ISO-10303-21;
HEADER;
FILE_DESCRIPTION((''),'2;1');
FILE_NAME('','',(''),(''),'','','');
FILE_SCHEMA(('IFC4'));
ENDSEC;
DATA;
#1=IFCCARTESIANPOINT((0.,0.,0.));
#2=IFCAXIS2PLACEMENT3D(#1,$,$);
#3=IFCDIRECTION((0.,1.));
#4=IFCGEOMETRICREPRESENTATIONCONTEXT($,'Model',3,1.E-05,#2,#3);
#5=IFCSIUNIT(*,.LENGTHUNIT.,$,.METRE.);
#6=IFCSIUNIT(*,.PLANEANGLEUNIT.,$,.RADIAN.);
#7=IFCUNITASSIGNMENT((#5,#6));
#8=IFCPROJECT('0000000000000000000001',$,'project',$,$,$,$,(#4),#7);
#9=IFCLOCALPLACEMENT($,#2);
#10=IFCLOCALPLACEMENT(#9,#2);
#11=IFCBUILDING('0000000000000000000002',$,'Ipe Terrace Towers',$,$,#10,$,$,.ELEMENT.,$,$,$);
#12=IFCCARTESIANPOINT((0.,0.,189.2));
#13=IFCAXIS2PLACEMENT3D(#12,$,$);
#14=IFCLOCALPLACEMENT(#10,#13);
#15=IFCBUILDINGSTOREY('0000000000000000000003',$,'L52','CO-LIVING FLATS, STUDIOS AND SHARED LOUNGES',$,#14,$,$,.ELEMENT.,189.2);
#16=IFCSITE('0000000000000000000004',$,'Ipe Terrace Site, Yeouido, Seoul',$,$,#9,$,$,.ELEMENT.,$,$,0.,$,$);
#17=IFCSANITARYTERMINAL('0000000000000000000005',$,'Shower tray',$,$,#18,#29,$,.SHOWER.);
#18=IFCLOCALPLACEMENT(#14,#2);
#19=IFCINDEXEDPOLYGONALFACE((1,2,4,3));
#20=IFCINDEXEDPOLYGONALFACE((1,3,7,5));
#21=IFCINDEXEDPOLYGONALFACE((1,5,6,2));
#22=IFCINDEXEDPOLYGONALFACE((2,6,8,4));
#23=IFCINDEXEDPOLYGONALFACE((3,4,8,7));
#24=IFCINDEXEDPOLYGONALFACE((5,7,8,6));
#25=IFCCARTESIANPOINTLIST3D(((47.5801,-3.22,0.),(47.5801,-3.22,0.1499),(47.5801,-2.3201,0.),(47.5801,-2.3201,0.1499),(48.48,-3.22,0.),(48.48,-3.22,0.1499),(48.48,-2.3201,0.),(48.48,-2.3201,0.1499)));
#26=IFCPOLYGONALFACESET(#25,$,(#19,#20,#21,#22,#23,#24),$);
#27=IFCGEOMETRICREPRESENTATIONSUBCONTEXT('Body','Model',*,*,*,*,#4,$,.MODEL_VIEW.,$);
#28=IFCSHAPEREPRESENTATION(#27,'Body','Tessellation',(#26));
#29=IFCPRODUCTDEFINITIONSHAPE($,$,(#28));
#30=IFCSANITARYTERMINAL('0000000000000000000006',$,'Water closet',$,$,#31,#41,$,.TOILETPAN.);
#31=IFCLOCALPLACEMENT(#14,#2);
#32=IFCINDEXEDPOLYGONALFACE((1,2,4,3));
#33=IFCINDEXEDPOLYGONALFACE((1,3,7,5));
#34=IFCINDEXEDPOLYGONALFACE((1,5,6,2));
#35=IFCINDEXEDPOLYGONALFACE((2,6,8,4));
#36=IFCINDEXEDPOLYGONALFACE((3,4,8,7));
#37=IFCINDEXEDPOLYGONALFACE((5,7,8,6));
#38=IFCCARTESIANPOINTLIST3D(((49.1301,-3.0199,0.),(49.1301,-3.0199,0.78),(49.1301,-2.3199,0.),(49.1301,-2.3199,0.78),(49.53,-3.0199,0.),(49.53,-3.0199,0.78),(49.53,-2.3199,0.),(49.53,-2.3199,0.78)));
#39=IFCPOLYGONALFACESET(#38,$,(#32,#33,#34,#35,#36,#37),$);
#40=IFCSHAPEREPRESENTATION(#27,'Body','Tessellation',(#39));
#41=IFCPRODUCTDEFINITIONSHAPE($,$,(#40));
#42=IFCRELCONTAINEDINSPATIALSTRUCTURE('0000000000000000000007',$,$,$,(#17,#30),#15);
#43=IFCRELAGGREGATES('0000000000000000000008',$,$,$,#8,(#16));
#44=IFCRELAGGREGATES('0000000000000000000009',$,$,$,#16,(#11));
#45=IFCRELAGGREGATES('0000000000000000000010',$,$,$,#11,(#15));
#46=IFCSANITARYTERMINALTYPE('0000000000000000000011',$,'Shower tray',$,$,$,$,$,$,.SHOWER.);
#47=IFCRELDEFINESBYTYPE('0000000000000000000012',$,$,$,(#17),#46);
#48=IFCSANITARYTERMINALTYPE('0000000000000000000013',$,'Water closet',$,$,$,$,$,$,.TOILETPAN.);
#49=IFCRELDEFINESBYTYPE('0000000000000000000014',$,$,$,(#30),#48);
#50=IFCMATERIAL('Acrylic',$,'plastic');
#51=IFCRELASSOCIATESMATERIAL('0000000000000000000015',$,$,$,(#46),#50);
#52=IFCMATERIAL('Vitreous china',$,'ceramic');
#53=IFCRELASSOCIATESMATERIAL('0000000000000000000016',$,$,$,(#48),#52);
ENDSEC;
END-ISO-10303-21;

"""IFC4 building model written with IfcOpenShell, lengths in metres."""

from ifc_helpers import new_model, si_unit, direction, frame, origin, origin_2d, place, context, subcontext, project, spatial, rectangle, extrude, material, type_object, element, save


model = new_model("IFC4")

# Units and contexts
model_context = context("Model", 3, precision=1e-05, world=origin(), true_north=direction((0.0, 1.0)))
body_context = subcontext(model_context, "Body", "Model", "MODEL_VIEW")
ifc_project = project(units=[si_unit("LENGTHUNIT", "METRE"), si_unit("PLANEANGLEUNIT", "RADIAN")], contexts=[model_context])

# Site, building, storey
site_placement = place(None, origin())
site = spatial("IfcSite", under=ifc_project, at=site_placement, Name="Ipe Terrace Site, Yeouido, Seoul", CompositionType="ELEMENT", RefElevation=0.0)
building_placement = place(site_placement, origin())
building = spatial("IfcBuilding", under=site, at=building_placement, Name="Ipe Terrace Towers", CompositionType="ELEMENT")
storey_placement = place(building_placement, frame((0.0, 0.0, 189.2)))
storey = spatial("IfcBuildingStorey", under=building, at=storey_placement, Name="L52", Description="CO-LIVING FLATS, STUDIOS AND SHARED LOUNGES", CompositionType="ELEMENT", Elevation=189.2)

# Sanitary terminals
ifc_material_1 = material(Name="Acrylic", Category="plastic")
sanitary_terminal_type_1 = type_object("IfcSanitaryTerminalType", Name="Shower tray", PredefinedType="SHOWER", material=ifc_material_1)
sanitary_terminal_1_placement = place(storey_placement, frame((48.03, -2.77, 0.0), z_axis=(0.0, 0.0, 1.0), x_axis=(0.0, -1.0, 0.0)))
element("IfcSanitaryTerminal", 1, at=sanitary_terminal_1_placement, inside=storey, type_object=sanitary_terminal_type_1, Name="Shower tray", PredefinedType="SHOWER", context=body_context, shape_type="SweptSolid", body=[
    extrude(rectangle(XDim=0.8999, YDim=0.8999, at=origin_2d()), origin(), (0.0, 0.0, 1.0), 0.1499),
])
ifc_material_2 = material(Name="Vitreous china", Category="ceramic")
sanitary_terminal_type_2 = type_object("IfcSanitaryTerminalType", Name="Water closet", PredefinedType="TOILETPAN", material=ifc_material_2)
sanitary_terminal_2_placement = place(storey_placement, frame((49.3301, -2.6699, 0.0), z_axis=(0.0, 0.0, 1.0), x_axis=(0.0, -1.0, 0.0)))
element("IfcSanitaryTerminal", 2, at=sanitary_terminal_2_placement, inside=storey, type_object=sanitary_terminal_type_2, Name="Water closet", PredefinedType="TOILETPAN", context=body_context, shape_type="SweptSolid", body=[
    extrude(rectangle(XDim=0.7, YDim=0.3999, at=origin_2d()), origin(), (0.0, 0.0, 1.0), 0.78),
])

save(model, "model.ifc")
